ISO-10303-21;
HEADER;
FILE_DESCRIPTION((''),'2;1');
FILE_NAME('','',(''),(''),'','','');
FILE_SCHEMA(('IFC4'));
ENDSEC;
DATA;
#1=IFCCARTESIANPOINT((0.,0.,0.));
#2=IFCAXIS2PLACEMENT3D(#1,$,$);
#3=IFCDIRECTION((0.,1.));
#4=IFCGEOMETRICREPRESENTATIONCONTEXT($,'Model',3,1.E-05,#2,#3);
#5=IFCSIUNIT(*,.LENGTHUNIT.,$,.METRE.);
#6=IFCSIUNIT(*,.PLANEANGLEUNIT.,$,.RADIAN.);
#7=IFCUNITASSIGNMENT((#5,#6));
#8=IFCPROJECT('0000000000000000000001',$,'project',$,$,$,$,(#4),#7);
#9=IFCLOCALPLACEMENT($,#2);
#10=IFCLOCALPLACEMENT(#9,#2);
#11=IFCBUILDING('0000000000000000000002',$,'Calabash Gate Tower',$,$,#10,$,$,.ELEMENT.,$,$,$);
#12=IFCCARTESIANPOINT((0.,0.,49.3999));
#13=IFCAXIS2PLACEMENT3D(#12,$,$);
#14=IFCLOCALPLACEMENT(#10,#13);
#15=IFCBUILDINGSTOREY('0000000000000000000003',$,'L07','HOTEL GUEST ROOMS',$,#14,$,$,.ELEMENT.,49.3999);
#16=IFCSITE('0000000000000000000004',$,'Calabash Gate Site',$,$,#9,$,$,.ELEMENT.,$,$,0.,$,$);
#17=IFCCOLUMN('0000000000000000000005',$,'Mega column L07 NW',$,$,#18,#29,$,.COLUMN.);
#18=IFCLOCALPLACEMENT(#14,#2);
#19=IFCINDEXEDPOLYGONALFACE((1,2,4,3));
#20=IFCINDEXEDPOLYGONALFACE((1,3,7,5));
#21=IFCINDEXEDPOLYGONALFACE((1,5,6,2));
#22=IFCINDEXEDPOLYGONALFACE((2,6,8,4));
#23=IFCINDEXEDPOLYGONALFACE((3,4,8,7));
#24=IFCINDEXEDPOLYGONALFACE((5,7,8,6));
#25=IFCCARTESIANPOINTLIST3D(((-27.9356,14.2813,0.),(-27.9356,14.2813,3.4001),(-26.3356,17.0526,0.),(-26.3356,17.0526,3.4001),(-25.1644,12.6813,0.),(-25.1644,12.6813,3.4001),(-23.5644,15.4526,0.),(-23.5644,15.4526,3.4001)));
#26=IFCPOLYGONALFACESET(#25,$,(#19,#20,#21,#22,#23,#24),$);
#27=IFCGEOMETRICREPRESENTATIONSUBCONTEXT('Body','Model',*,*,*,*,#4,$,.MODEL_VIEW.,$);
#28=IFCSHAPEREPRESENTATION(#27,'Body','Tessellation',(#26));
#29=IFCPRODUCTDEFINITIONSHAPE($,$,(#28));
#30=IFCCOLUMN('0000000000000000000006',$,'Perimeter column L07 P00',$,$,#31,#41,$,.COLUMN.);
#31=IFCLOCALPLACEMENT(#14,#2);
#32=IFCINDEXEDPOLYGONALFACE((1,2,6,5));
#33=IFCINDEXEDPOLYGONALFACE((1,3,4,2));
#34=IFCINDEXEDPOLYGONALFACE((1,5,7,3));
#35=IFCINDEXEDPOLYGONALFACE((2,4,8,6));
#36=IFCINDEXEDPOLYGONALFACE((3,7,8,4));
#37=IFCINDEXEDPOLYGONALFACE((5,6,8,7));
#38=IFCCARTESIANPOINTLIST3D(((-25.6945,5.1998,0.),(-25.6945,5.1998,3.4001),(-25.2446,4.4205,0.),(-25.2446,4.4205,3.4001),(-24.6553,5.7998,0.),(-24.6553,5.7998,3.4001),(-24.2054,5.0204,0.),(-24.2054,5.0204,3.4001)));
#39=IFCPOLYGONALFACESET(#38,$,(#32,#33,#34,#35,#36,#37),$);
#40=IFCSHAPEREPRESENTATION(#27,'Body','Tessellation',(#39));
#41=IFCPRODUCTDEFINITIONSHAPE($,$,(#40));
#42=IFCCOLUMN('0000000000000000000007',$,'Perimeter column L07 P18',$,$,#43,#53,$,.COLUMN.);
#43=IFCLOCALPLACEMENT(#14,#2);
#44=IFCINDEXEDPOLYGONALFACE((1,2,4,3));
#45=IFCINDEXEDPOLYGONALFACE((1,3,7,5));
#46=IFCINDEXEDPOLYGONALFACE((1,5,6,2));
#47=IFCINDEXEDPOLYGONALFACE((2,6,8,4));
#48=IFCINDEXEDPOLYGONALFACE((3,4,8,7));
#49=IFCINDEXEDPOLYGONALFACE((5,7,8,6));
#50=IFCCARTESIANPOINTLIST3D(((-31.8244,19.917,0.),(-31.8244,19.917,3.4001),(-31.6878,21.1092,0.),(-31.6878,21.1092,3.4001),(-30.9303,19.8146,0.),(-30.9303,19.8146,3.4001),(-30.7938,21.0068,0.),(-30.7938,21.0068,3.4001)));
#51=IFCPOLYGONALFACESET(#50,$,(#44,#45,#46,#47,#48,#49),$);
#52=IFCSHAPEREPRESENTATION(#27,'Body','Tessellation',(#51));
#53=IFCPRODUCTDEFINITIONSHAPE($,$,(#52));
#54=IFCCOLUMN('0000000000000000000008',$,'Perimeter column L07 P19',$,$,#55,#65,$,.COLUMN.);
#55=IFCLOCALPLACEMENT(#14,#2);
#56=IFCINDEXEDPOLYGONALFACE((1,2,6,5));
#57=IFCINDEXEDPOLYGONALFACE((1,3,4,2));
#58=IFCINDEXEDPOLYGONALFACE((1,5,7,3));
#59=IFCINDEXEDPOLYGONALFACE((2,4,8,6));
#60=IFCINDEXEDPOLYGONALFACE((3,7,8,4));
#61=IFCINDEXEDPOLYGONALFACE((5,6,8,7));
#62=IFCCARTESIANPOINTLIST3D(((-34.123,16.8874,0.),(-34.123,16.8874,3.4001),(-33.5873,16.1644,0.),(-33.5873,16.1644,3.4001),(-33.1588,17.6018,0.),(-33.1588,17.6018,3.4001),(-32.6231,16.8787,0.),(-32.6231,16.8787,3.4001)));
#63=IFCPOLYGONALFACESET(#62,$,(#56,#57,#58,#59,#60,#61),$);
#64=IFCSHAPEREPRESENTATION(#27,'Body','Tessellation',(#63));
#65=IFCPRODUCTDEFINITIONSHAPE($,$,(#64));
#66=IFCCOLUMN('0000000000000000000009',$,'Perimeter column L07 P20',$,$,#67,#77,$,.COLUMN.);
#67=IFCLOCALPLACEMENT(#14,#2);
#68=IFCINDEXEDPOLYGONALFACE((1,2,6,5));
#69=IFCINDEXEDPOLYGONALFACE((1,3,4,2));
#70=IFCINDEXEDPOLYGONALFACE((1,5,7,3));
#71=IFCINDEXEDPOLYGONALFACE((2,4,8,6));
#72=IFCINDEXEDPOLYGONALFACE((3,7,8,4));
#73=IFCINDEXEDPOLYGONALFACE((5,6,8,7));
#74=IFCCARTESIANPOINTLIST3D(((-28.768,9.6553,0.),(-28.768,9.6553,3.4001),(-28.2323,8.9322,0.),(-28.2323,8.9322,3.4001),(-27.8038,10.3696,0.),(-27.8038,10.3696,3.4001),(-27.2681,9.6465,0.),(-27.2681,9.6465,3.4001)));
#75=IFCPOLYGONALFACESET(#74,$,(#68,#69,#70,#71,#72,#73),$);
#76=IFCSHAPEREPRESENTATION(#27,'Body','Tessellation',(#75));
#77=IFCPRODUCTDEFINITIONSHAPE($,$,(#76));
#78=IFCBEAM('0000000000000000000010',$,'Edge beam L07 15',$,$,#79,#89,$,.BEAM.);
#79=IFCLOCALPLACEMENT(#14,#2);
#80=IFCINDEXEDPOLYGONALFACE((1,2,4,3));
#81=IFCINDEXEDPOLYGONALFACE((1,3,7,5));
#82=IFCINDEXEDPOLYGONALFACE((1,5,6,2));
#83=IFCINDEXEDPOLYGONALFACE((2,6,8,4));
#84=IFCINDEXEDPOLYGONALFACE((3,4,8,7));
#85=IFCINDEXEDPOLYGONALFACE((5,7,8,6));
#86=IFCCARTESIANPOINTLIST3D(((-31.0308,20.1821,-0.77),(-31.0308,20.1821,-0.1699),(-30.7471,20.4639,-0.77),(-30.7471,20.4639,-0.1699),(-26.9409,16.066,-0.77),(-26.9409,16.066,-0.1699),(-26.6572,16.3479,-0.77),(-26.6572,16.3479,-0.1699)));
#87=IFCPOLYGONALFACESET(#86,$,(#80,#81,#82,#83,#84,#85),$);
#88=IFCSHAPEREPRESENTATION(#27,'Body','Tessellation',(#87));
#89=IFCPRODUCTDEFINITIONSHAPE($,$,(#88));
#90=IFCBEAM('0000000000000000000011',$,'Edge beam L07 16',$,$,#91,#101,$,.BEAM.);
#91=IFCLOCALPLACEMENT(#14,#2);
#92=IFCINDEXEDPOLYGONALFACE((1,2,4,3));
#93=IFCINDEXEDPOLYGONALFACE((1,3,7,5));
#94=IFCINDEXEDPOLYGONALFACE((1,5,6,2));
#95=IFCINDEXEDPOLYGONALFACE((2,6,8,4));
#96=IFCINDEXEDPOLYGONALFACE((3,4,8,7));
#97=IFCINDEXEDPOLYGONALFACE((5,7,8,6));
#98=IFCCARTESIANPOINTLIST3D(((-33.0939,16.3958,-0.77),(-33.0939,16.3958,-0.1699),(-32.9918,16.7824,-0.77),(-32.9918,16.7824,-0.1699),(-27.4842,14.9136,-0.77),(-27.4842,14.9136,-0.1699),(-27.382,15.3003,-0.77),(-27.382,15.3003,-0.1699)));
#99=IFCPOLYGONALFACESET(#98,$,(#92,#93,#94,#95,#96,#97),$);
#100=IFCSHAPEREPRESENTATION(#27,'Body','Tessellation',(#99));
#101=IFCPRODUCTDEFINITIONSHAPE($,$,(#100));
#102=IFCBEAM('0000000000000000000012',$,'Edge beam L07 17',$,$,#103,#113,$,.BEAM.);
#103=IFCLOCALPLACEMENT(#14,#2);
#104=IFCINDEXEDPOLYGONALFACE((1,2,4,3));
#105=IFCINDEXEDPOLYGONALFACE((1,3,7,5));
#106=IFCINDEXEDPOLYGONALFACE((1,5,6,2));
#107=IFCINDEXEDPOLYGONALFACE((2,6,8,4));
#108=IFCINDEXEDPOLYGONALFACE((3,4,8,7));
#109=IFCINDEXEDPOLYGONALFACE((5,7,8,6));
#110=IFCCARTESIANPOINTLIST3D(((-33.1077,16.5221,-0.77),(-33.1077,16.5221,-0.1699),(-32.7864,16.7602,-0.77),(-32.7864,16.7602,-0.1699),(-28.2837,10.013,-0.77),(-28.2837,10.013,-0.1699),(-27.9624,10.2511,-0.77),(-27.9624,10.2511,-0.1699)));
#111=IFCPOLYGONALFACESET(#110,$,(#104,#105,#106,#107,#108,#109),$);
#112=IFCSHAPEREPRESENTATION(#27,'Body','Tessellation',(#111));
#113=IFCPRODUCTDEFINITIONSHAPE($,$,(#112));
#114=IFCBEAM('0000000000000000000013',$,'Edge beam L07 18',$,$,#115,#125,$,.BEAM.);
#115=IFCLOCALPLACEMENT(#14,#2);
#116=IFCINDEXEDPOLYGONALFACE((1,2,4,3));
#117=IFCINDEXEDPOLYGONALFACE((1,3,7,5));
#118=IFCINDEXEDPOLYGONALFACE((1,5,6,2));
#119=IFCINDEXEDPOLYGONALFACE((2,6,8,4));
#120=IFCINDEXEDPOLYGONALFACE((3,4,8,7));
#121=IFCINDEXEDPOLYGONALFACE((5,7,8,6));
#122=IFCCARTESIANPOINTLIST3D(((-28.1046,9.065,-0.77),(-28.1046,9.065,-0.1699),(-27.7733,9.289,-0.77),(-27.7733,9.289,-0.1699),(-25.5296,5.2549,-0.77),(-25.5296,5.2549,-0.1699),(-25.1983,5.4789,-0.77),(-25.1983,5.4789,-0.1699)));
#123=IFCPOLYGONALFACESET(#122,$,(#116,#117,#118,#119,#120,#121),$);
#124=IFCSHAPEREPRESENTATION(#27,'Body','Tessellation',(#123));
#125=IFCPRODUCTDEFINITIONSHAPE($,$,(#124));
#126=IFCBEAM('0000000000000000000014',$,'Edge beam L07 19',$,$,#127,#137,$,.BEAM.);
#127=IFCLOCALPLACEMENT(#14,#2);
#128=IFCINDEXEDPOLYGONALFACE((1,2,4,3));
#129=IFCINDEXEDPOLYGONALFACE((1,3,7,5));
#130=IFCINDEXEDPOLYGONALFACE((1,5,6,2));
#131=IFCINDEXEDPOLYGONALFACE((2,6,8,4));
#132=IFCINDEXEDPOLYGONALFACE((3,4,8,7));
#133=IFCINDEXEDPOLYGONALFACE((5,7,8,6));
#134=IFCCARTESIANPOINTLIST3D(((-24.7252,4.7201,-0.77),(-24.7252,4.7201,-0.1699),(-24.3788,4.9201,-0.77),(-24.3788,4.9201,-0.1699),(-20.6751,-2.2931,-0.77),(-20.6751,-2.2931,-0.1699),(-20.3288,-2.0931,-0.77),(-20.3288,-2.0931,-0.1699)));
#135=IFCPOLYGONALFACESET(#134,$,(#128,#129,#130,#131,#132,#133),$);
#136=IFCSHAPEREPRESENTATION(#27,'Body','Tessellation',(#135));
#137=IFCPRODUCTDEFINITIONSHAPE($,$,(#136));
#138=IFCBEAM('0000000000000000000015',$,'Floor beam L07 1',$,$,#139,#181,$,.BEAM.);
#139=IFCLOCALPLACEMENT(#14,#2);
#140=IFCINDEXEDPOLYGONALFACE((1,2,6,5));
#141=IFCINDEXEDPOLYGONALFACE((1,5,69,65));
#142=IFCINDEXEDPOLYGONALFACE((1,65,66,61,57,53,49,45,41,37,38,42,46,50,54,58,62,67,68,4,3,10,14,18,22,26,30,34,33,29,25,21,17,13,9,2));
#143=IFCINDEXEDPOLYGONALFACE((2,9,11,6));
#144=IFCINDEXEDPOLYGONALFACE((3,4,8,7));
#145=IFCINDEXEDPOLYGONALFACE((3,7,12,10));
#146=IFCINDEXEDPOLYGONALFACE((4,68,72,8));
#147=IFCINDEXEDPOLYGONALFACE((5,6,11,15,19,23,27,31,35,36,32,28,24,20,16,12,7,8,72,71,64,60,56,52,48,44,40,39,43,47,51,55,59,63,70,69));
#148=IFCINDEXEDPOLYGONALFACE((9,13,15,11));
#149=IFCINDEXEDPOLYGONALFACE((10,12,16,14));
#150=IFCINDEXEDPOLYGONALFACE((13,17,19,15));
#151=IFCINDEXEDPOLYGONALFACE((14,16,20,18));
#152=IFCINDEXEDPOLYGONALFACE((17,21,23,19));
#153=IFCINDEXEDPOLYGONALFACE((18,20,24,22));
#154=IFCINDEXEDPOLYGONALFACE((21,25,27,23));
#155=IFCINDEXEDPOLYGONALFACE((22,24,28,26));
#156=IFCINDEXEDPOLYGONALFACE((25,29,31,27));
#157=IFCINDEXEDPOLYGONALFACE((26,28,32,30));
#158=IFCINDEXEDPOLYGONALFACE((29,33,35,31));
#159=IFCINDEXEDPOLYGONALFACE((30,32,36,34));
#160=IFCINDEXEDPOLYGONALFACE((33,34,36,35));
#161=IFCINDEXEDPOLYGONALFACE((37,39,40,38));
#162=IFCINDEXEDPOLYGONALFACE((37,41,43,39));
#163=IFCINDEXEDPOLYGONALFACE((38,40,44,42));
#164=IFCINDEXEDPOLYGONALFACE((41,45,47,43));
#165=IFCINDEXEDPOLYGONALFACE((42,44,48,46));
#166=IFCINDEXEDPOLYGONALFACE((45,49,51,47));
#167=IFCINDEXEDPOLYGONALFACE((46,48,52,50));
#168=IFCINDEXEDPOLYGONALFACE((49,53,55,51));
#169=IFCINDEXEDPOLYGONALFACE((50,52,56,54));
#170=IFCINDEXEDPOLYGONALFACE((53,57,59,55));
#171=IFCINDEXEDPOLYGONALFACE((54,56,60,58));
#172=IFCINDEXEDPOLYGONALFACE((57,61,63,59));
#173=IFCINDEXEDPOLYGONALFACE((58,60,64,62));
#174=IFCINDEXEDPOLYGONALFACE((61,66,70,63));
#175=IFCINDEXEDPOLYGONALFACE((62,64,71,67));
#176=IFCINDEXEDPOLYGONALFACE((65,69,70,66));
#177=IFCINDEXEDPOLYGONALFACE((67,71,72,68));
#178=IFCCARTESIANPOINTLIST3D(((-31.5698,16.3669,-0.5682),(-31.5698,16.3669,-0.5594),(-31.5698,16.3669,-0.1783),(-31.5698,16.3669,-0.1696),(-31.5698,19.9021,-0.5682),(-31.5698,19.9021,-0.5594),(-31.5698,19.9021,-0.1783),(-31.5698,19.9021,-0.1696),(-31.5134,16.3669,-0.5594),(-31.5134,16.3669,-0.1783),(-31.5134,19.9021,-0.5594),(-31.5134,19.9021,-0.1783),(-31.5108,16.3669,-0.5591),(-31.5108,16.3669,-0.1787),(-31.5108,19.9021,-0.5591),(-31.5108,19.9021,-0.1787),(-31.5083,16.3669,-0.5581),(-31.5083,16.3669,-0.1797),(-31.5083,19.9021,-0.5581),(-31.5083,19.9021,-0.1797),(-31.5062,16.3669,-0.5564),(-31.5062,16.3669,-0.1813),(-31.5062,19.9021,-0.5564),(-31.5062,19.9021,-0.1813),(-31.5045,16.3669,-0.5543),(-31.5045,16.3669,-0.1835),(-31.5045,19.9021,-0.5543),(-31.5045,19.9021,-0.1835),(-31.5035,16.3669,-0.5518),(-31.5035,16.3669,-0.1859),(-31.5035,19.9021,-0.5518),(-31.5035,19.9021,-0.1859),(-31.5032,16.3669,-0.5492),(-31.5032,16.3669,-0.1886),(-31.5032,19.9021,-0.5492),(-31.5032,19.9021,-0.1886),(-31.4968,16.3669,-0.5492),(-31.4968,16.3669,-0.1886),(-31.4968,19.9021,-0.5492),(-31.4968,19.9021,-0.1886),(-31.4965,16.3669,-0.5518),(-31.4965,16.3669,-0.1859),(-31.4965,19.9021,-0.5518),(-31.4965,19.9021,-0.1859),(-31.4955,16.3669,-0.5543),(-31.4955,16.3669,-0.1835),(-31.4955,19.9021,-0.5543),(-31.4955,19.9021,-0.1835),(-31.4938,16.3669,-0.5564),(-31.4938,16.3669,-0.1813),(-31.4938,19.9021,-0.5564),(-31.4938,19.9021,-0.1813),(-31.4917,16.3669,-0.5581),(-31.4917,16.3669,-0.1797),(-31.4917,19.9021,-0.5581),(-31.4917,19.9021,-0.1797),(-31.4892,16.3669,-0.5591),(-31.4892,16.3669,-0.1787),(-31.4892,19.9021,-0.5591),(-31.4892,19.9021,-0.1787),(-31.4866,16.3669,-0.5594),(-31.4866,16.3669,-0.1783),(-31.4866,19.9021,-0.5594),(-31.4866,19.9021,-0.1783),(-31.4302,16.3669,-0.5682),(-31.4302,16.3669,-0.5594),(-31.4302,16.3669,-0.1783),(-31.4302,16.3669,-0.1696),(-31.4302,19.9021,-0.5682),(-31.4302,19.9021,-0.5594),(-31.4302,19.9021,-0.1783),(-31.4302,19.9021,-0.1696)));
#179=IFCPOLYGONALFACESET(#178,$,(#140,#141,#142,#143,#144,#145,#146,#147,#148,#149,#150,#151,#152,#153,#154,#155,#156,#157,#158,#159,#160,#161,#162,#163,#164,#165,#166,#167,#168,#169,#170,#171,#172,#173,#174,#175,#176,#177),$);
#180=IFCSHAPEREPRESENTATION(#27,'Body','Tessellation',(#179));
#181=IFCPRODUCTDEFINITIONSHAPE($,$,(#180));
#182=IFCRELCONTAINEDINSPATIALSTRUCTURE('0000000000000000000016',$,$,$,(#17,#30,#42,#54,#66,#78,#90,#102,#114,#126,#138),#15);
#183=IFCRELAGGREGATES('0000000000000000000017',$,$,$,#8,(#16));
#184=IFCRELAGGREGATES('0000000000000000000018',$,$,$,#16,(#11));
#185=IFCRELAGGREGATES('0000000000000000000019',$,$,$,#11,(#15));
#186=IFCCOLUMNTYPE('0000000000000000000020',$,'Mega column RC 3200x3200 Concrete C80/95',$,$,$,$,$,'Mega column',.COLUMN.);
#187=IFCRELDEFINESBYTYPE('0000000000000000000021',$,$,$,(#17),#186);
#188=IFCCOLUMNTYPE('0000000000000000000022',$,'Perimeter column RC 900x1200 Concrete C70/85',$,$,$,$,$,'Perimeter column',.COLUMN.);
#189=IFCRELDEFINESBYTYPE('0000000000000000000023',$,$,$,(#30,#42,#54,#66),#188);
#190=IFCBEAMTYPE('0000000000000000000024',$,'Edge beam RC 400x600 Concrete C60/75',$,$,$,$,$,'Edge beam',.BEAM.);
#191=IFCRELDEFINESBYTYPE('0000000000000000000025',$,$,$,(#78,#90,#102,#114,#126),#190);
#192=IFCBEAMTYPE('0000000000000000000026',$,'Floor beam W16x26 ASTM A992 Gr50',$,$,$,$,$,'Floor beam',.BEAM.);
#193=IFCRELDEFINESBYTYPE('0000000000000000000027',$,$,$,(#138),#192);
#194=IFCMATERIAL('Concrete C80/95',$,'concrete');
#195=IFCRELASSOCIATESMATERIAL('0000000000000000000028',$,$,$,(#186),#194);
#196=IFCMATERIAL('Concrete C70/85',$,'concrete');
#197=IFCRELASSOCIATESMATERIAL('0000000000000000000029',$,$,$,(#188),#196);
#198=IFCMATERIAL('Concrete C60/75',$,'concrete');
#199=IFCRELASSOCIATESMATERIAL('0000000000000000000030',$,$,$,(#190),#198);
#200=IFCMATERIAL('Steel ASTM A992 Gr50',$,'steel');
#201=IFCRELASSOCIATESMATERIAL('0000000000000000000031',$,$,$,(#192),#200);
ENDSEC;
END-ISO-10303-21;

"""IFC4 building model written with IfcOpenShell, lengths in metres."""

from ifc_helpers import new_model, si_unit, direction, frame, origin, origin_2d, place, context, subcontext, project, spatial, rectangle, i_section, extrude, material, material_profile, profile_set, type_object, element, save


model = new_model("IFC4")

# Units and contexts
model_context = context("Model", 3, precision=1e-05, world=origin(), true_north=direction((0.0, 1.0)))
body_context = subcontext(model_context, "Body", "Model", "MODEL_VIEW")
ifc_project = project(units=[si_unit("LENGTHUNIT", "METRE"), si_unit("PLANEANGLEUNIT", "RADIAN")], contexts=[model_context])

# Site, building, storey
site_placement = place(None, origin())
site = spatial("IfcSite", under=ifc_project, at=site_placement, Name="Calabash Gate Site", CompositionType="ELEMENT", RefElevation=0.0)
building_placement = place(site_placement, origin())
building = spatial("IfcBuilding", under=site, at=building_placement, Name="Calabash Gate Tower", CompositionType="ELEMENT")
storey_placement = place(building_placement, frame((0.0, 0.0, 49.3999)))
storey = spatial("IfcBuildingStorey", under=building, at=storey_placement, Name="L07", Description="HOTEL GUEST ROOMS", CompositionType="ELEMENT", Elevation=49.3999)

# Columns
ifc_material_1 = material(Name="Concrete C80/95", Category="concrete")
ifc_material_profile_1 = material_profile(ifc_material_1, rectangle(XDim=3.2, YDim=3.2, at=origin_2d()))
ifc_profile_set_1 = profile_set([ifc_material_profile_1], Name="Concrete C80/95")
column_type_1 = type_object("IfcColumnType", Name="Mega column RC 3200x3200 Concrete C80/95", ElementType="Mega column", PredefinedType="COLUMN", material=ifc_profile_set_1)
column_placement = place(storey_placement, frame((-25.75, 14.8669, 0.0), z_axis=(0.0, 0.0, 1.0), x_axis=(0.866025, -0.5, 0.0)))
element("IfcColumn", 1, at=column_placement, inside=storey, type_object=column_type_1, Name="Mega column L07 NW", PredefinedType="COLUMN", context=body_context, shape_type="SweptSolid", body=[
    extrude(rectangle(XDim=3.2, YDim=3.2, at=origin_2d()), origin(), (0.0, 0.0, 1.0), 3.4001),
])
ifc_material_2 = material(Name="Concrete C70/85", Category="concrete")
ifc_material_profile_2 = material_profile(ifc_material_2, rectangle(XDim=0.8999, YDim=1.2, at=origin_2d()))
ifc_profile_set_2 = profile_set([ifc_material_profile_2], Name="Concrete C70/85")
column_type_2 = type_object("IfcColumnType", Name="Perimeter column RC 900x1200 Concrete C70/85", ElementType="Perimeter column", PredefinedType="COLUMN", material=ifc_profile_set_2)
for number, where, z_axis, x_axis, name in (
    (2, (-24.95, 5.1101, 0.0), (0.0, 0.0, 1.0), (0.5, -0.866025, 0.0), "Perimeter column L07 P00"),
    (3, (-31.3091, 20.4619, 0.0), (0.0, 0.0, 1.0), (-0.993506, 0.113777, 0.0), "Perimeter column L07 P18"),
    (4, (-33.373, 16.8831, 0.0), (0.0, 0.0, 1.0), (0.595287, -0.803513, 0.0), "Perimeter column L07 P19"),
    (5, (-28.0181, 9.6509, 0.0), (0.0, 0.0, 1.0), (0.595287, -0.803513, 0.0), "Perimeter column L07 P20"),
):
    element("IfcColumn", number, at=place(storey_placement, frame(where, z_axis=z_axis, x_axis=x_axis)), inside=storey, type_object=column_type_2, Name=name, PredefinedType="COLUMN", context=body_context, shape_type="SweptSolid", body=[
        extrude(rectangle(XDim=0.8999, YDim=1.2, at=origin_2d()), origin(), (0.0, 0.0, 1.0), 3.4001),
    ])

# Beams
ifc_material_3 = material(Name="Concrete C60/75", Category="concrete")
ifc_material_profile_3 = material_profile(ifc_material_3, rectangle(XDim=0.3999, YDim=0.6001, at=origin_2d()))
ifc_profile_set_3 = profile_set([ifc_material_profile_3], Name="Concrete C60/75")
beam_type_1 = type_object("IfcBeamType", Name="Edge beam RC 400x600 Concrete C60/75", ElementType="Edge beam", PredefinedType="BEAM", material=ifc_profile_set_3)
beam_1_placement = place(storey_placement, frame((-30.8889, 20.323, -0.47), z_axis=(0.704852, -0.709354, 0.0), x_axis=(0.709354, 0.704852, 0.0)))
element("IfcBeam", 6, at=beam_1_placement, inside=storey, type_object=beam_type_1, Name="Edge beam L07 15", PredefinedType="BEAM", context=body_context, shape_type="SweptSolid", body=[
    extrude(rectangle(XDim=0.3999, YDim=0.6001, at=origin_2d()), origin(), (0.0, 0.0, 1.0), 5.8025),
])
beam_2_placement = place(storey_placement, frame((-27.4331, 15.1069, -0.47), z_axis=(-0.966824, 0.255444, 0.0), x_axis=(-0.255444, -0.966824, 0.0)))
element("IfcBeam", 7, at=beam_2_placement, inside=storey, type_object=beam_type_1, Name="Edge beam L07 16", PredefinedType="BEAM", context=body_context, shape_type="SweptSolid", body=[
    extrude(rectangle(XDim=0.3999, YDim=0.6001, at=origin_2d()), origin(), (0.0, 0.0, 1.0), 5.8022),
])
beam_3_placement = place(storey_placement, frame((-32.947, 16.6411, -0.47), z_axis=(0.595424, -0.803411, 0.0), x_axis=(0.803411, 0.595424, 0.0)))
element("IfcBeam", 8, at=beam_3_placement, inside=storey, type_object=beam_type_1, Name="Edge beam L07 17", PredefinedType="BEAM", context=body_context, shape_type="SweptSolid", body=[
    extrude(rectangle(XDim=0.3999, YDim=0.6001, at=origin_2d()), origin(), (0.0, 0.0, 1.0), 8.1018),
])
beam_4_placement = place(storey_placement, frame((-27.939, 9.177, -0.47), z_axis=(0.559945, -0.82853, 0.0), x_axis=(0.82853, 0.559945, 0.0)))
element("IfcBeam", 9, at=beam_4_placement, inside=storey, type_object=beam_type_1, Name="Edge beam L07 18", PredefinedType="BEAM", context=body_context, shape_type="SweptSolid", body=[
    extrude(rectangle(XDim=0.3999, YDim=0.6001, at=origin_2d()), origin(), (0.0, 0.0, 1.0), 4.5986),
])
beam_5_placement = place(storey_placement, frame((-24.552, 4.8201, -0.47), z_axis=(0.500091, -0.865973, 0.0), x_axis=(0.865973, 0.500091, 0.0)))
element("IfcBeam", 10, at=beam_5_placement, inside=storey, type_object=beam_type_1, Name="Edge beam L07 19", PredefinedType="BEAM", context=body_context, shape_type="SweptSolid", body=[
    extrude(rectangle(XDim=0.3999, YDim=0.6001, at=origin_2d()), origin(), (0.0, 0.0, 1.0), 8.0986),
])
ifc_material_4 = material(Name="Steel ASTM A992 Gr50", Category="steel")
ifc_material_profile_4 = material_profile(ifc_material_4, i_section(OverallWidth=0.1396, OverallDepth=0.3987, WebThickness=0.0063, FlangeThickness=0.0088, FilletRadius=0.0103, at=origin_2d()))
ifc_profile_set_4 = profile_set([ifc_material_profile_4], Name="Steel ASTM A992 Gr50")
beam_type_2 = type_object("IfcBeamType", Name="Floor beam W16x26 ASTM A992 Gr50", ElementType="Floor beam", PredefinedType="BEAM", material=ifc_profile_set_4)
beam_6_placement = place(storey_placement, frame((-31.5, 16.3669, -0.3689), z_axis=(0.0, 1.0, 0.0), x_axis=(-1.0, 0.0, 0.0)))
element("IfcBeam", 11, at=beam_6_placement, inside=storey, type_object=beam_type_2, Name="Floor beam L07 1", PredefinedType="BEAM", context=body_context, shape_type="SweptSolid", body=[
    extrude(i_section(OverallWidth=0.1396, OverallDepth=0.3987, WebThickness=0.0063, FlangeThickness=0.0088, FilletRadius=0.0103, at=origin_2d()), origin(), (0.0, 0.0, 1.0), 3.5352),
])

save(model, "model.ifc")
